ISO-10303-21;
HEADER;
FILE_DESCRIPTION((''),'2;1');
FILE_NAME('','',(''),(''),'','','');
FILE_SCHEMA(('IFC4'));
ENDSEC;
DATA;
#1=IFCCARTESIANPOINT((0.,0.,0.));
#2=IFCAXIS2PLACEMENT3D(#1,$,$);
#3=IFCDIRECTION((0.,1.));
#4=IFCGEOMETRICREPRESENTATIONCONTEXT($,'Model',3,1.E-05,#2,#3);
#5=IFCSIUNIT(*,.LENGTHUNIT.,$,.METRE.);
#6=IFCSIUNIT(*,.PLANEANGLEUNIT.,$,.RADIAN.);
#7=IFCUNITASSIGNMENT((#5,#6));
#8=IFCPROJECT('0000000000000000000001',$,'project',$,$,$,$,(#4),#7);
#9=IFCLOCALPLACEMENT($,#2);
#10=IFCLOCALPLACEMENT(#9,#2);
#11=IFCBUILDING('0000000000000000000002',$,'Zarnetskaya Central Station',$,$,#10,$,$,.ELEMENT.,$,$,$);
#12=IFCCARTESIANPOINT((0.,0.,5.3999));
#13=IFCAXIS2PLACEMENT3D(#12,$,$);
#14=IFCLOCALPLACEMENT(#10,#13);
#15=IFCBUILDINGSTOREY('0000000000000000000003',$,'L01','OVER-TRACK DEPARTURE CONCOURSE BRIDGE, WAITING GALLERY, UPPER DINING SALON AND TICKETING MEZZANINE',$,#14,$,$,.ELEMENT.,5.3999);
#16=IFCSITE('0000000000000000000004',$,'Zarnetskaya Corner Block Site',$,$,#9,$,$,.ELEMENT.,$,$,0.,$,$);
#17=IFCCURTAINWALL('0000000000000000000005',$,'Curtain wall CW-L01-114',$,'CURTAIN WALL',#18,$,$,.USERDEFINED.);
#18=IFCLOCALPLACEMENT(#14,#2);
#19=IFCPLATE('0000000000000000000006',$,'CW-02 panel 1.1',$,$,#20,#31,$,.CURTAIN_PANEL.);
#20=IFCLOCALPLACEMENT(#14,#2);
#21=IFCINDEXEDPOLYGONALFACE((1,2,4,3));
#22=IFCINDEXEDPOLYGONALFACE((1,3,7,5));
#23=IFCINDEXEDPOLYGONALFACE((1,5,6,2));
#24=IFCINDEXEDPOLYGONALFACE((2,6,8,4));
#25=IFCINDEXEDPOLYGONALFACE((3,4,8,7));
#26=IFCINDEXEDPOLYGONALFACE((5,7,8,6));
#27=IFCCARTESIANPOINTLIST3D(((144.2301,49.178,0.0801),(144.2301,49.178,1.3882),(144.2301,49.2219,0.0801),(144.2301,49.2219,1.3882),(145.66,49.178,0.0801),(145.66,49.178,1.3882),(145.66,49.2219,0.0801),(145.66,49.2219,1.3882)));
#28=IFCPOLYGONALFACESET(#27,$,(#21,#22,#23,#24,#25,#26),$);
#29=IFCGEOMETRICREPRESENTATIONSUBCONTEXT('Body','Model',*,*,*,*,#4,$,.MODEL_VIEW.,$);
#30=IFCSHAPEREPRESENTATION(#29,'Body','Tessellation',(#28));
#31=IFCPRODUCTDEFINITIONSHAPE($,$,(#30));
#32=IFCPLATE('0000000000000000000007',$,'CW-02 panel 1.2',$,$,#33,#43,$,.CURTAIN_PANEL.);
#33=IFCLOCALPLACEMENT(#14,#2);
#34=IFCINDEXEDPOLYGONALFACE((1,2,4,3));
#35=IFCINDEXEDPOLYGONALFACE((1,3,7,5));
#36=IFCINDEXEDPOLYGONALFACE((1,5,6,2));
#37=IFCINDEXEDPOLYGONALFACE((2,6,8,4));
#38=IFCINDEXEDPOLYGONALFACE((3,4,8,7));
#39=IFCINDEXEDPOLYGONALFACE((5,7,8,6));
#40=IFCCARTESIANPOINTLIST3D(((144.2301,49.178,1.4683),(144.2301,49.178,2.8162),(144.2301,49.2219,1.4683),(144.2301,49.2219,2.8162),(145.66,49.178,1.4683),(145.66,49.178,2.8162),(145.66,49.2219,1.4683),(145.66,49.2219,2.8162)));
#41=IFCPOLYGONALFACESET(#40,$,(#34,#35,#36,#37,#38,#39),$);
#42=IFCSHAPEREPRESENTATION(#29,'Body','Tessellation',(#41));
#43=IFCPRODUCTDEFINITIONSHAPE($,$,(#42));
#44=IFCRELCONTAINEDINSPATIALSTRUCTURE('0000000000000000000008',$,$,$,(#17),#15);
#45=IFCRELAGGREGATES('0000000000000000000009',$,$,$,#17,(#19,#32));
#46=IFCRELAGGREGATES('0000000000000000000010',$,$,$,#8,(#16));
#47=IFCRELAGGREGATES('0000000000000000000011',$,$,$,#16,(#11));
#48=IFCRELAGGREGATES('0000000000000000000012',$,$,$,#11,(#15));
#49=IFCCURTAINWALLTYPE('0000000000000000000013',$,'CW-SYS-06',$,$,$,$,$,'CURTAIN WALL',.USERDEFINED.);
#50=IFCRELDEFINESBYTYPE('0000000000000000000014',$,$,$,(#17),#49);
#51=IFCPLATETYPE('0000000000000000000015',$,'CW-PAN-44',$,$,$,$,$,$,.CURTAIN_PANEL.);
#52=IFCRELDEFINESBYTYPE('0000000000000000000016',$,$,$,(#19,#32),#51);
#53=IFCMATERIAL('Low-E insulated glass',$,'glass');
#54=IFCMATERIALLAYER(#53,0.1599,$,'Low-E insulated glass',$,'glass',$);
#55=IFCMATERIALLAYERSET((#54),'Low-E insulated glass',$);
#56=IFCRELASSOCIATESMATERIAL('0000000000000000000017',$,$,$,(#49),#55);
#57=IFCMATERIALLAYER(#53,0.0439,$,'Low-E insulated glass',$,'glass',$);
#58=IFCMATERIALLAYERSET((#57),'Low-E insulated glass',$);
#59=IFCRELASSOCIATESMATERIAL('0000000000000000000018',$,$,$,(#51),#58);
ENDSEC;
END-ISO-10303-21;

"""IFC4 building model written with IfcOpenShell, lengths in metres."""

from ifc_helpers import new_model, si_unit, direction, frame, origin, origin_2d, place, context, subcontext, project, spatial, rectangle, extrude, material, layer, layer_set, type_object, element, aggregate, save


model = new_model("IFC4")

# Units and contexts
model_context = context("Model", 3, precision=1e-05, world=origin(), true_north=direction((0.0, 1.0)))
body_context = subcontext(model_context, "Body", "Model", "MODEL_VIEW")
ifc_project = project(units=[si_unit("LENGTHUNIT", "METRE"), si_unit("PLANEANGLEUNIT", "RADIAN")], contexts=[model_context])

# Site, building, storey
site_placement = place(None, origin())
site = spatial("IfcSite", under=ifc_project, at=site_placement, Name="Zarnetskaya Corner Block Site", CompositionType="ELEMENT", RefElevation=0.0)
building_placement = place(site_placement, origin())
building = spatial("IfcBuilding", under=site, at=building_placement, Name="Zarnetskaya Central Station", CompositionType="ELEMENT")
storey_placement = place(building_placement, frame((0.0, 0.0, 5.3999)))
storey = spatial("IfcBuildingStorey", under=building, at=storey_placement, Name="L01", Description="OVER-TRACK DEPARTURE CONCOURSE BRIDGE, WAITING GALLERY, UPPER DINING SALON AND TICKETING MEZZANINE", CompositionType="ELEMENT", Elevation=5.3999)

# Curtain wall
ifc_material_1 = material(Name="Low-E insulated glass", Category="glass")
ifc_layer_1 = layer(ifc_material_1, 0.1599, Name="Low-E insulated glass", Category="glass")
ifc_layer_set_1 = layer_set([ifc_layer_1], Name="Low-E insulated glass")
curtain_wall_type = type_object("IfcCurtainWallType", Name="CW-SYS-06", ElementType="CURTAIN WALL", PredefinedType="USERDEFINED", material=ifc_layer_set_1)
curtain_wall_1_placement = place(storey_placement, origin())
curtain_wall_1 = element("IfcCurtainWall", 1, at=curtain_wall_1_placement, inside=storey, type_object=curtain_wall_type, Name="Curtain wall CW-L01-114", ObjectType="CURTAIN WALL", PredefinedType="USERDEFINED")

# Plates
ifc_layer_2 = layer(ifc_material_1, 0.0439, Name="Low-E insulated glass", Category="glass")
ifc_layer_set_2 = layer_set([ifc_layer_2], Name="Low-E insulated glass")
plate_type_1 = type_object("IfcPlateType", Name="CW-PAN-44", PredefinedType="CURTAIN_PANEL", material=ifc_layer_set_2)
plate_1_placement = place(storey_placement, frame((144.9451, 49.2, 0.0801), z_axis=(0.0, 0.0, 1.0), x_axis=(1.0, 0.0, 0.0)))
plate_1 = element("IfcPlate", 2, at=plate_1_placement, type_object=plate_type_1, Name="CW-02 panel 1.1", PredefinedType="CURTAIN_PANEL", context=body_context, shape_type="SweptSolid", body=[
    extrude(rectangle(XDim=1.4299, YDim=0.0439, at=origin_2d()), origin(), (0.0, 0.0, 1.0), 1.3081),
])
plate_2_placement = place(storey_placement, frame((144.9451, 49.2, 1.4683), z_axis=(0.0, 0.0, 1.0), x_axis=(1.0, 0.0, 0.0)))
plate_2 = element("IfcPlate", 3, at=plate_2_placement, type_object=plate_type_1, Name="CW-02 panel 1.2", PredefinedType="CURTAIN_PANEL", context=body_context, shape_type="SweptSolid", body=[
    extrude(rectangle(XDim=1.4299, YDim=0.0439, at=origin_2d()), origin(), (0.0, 0.0, 1.0), 1.3479),
])
aggregate(curtain_wall_1, [plate_1, plate_2])

save(model, "model.ifc")
